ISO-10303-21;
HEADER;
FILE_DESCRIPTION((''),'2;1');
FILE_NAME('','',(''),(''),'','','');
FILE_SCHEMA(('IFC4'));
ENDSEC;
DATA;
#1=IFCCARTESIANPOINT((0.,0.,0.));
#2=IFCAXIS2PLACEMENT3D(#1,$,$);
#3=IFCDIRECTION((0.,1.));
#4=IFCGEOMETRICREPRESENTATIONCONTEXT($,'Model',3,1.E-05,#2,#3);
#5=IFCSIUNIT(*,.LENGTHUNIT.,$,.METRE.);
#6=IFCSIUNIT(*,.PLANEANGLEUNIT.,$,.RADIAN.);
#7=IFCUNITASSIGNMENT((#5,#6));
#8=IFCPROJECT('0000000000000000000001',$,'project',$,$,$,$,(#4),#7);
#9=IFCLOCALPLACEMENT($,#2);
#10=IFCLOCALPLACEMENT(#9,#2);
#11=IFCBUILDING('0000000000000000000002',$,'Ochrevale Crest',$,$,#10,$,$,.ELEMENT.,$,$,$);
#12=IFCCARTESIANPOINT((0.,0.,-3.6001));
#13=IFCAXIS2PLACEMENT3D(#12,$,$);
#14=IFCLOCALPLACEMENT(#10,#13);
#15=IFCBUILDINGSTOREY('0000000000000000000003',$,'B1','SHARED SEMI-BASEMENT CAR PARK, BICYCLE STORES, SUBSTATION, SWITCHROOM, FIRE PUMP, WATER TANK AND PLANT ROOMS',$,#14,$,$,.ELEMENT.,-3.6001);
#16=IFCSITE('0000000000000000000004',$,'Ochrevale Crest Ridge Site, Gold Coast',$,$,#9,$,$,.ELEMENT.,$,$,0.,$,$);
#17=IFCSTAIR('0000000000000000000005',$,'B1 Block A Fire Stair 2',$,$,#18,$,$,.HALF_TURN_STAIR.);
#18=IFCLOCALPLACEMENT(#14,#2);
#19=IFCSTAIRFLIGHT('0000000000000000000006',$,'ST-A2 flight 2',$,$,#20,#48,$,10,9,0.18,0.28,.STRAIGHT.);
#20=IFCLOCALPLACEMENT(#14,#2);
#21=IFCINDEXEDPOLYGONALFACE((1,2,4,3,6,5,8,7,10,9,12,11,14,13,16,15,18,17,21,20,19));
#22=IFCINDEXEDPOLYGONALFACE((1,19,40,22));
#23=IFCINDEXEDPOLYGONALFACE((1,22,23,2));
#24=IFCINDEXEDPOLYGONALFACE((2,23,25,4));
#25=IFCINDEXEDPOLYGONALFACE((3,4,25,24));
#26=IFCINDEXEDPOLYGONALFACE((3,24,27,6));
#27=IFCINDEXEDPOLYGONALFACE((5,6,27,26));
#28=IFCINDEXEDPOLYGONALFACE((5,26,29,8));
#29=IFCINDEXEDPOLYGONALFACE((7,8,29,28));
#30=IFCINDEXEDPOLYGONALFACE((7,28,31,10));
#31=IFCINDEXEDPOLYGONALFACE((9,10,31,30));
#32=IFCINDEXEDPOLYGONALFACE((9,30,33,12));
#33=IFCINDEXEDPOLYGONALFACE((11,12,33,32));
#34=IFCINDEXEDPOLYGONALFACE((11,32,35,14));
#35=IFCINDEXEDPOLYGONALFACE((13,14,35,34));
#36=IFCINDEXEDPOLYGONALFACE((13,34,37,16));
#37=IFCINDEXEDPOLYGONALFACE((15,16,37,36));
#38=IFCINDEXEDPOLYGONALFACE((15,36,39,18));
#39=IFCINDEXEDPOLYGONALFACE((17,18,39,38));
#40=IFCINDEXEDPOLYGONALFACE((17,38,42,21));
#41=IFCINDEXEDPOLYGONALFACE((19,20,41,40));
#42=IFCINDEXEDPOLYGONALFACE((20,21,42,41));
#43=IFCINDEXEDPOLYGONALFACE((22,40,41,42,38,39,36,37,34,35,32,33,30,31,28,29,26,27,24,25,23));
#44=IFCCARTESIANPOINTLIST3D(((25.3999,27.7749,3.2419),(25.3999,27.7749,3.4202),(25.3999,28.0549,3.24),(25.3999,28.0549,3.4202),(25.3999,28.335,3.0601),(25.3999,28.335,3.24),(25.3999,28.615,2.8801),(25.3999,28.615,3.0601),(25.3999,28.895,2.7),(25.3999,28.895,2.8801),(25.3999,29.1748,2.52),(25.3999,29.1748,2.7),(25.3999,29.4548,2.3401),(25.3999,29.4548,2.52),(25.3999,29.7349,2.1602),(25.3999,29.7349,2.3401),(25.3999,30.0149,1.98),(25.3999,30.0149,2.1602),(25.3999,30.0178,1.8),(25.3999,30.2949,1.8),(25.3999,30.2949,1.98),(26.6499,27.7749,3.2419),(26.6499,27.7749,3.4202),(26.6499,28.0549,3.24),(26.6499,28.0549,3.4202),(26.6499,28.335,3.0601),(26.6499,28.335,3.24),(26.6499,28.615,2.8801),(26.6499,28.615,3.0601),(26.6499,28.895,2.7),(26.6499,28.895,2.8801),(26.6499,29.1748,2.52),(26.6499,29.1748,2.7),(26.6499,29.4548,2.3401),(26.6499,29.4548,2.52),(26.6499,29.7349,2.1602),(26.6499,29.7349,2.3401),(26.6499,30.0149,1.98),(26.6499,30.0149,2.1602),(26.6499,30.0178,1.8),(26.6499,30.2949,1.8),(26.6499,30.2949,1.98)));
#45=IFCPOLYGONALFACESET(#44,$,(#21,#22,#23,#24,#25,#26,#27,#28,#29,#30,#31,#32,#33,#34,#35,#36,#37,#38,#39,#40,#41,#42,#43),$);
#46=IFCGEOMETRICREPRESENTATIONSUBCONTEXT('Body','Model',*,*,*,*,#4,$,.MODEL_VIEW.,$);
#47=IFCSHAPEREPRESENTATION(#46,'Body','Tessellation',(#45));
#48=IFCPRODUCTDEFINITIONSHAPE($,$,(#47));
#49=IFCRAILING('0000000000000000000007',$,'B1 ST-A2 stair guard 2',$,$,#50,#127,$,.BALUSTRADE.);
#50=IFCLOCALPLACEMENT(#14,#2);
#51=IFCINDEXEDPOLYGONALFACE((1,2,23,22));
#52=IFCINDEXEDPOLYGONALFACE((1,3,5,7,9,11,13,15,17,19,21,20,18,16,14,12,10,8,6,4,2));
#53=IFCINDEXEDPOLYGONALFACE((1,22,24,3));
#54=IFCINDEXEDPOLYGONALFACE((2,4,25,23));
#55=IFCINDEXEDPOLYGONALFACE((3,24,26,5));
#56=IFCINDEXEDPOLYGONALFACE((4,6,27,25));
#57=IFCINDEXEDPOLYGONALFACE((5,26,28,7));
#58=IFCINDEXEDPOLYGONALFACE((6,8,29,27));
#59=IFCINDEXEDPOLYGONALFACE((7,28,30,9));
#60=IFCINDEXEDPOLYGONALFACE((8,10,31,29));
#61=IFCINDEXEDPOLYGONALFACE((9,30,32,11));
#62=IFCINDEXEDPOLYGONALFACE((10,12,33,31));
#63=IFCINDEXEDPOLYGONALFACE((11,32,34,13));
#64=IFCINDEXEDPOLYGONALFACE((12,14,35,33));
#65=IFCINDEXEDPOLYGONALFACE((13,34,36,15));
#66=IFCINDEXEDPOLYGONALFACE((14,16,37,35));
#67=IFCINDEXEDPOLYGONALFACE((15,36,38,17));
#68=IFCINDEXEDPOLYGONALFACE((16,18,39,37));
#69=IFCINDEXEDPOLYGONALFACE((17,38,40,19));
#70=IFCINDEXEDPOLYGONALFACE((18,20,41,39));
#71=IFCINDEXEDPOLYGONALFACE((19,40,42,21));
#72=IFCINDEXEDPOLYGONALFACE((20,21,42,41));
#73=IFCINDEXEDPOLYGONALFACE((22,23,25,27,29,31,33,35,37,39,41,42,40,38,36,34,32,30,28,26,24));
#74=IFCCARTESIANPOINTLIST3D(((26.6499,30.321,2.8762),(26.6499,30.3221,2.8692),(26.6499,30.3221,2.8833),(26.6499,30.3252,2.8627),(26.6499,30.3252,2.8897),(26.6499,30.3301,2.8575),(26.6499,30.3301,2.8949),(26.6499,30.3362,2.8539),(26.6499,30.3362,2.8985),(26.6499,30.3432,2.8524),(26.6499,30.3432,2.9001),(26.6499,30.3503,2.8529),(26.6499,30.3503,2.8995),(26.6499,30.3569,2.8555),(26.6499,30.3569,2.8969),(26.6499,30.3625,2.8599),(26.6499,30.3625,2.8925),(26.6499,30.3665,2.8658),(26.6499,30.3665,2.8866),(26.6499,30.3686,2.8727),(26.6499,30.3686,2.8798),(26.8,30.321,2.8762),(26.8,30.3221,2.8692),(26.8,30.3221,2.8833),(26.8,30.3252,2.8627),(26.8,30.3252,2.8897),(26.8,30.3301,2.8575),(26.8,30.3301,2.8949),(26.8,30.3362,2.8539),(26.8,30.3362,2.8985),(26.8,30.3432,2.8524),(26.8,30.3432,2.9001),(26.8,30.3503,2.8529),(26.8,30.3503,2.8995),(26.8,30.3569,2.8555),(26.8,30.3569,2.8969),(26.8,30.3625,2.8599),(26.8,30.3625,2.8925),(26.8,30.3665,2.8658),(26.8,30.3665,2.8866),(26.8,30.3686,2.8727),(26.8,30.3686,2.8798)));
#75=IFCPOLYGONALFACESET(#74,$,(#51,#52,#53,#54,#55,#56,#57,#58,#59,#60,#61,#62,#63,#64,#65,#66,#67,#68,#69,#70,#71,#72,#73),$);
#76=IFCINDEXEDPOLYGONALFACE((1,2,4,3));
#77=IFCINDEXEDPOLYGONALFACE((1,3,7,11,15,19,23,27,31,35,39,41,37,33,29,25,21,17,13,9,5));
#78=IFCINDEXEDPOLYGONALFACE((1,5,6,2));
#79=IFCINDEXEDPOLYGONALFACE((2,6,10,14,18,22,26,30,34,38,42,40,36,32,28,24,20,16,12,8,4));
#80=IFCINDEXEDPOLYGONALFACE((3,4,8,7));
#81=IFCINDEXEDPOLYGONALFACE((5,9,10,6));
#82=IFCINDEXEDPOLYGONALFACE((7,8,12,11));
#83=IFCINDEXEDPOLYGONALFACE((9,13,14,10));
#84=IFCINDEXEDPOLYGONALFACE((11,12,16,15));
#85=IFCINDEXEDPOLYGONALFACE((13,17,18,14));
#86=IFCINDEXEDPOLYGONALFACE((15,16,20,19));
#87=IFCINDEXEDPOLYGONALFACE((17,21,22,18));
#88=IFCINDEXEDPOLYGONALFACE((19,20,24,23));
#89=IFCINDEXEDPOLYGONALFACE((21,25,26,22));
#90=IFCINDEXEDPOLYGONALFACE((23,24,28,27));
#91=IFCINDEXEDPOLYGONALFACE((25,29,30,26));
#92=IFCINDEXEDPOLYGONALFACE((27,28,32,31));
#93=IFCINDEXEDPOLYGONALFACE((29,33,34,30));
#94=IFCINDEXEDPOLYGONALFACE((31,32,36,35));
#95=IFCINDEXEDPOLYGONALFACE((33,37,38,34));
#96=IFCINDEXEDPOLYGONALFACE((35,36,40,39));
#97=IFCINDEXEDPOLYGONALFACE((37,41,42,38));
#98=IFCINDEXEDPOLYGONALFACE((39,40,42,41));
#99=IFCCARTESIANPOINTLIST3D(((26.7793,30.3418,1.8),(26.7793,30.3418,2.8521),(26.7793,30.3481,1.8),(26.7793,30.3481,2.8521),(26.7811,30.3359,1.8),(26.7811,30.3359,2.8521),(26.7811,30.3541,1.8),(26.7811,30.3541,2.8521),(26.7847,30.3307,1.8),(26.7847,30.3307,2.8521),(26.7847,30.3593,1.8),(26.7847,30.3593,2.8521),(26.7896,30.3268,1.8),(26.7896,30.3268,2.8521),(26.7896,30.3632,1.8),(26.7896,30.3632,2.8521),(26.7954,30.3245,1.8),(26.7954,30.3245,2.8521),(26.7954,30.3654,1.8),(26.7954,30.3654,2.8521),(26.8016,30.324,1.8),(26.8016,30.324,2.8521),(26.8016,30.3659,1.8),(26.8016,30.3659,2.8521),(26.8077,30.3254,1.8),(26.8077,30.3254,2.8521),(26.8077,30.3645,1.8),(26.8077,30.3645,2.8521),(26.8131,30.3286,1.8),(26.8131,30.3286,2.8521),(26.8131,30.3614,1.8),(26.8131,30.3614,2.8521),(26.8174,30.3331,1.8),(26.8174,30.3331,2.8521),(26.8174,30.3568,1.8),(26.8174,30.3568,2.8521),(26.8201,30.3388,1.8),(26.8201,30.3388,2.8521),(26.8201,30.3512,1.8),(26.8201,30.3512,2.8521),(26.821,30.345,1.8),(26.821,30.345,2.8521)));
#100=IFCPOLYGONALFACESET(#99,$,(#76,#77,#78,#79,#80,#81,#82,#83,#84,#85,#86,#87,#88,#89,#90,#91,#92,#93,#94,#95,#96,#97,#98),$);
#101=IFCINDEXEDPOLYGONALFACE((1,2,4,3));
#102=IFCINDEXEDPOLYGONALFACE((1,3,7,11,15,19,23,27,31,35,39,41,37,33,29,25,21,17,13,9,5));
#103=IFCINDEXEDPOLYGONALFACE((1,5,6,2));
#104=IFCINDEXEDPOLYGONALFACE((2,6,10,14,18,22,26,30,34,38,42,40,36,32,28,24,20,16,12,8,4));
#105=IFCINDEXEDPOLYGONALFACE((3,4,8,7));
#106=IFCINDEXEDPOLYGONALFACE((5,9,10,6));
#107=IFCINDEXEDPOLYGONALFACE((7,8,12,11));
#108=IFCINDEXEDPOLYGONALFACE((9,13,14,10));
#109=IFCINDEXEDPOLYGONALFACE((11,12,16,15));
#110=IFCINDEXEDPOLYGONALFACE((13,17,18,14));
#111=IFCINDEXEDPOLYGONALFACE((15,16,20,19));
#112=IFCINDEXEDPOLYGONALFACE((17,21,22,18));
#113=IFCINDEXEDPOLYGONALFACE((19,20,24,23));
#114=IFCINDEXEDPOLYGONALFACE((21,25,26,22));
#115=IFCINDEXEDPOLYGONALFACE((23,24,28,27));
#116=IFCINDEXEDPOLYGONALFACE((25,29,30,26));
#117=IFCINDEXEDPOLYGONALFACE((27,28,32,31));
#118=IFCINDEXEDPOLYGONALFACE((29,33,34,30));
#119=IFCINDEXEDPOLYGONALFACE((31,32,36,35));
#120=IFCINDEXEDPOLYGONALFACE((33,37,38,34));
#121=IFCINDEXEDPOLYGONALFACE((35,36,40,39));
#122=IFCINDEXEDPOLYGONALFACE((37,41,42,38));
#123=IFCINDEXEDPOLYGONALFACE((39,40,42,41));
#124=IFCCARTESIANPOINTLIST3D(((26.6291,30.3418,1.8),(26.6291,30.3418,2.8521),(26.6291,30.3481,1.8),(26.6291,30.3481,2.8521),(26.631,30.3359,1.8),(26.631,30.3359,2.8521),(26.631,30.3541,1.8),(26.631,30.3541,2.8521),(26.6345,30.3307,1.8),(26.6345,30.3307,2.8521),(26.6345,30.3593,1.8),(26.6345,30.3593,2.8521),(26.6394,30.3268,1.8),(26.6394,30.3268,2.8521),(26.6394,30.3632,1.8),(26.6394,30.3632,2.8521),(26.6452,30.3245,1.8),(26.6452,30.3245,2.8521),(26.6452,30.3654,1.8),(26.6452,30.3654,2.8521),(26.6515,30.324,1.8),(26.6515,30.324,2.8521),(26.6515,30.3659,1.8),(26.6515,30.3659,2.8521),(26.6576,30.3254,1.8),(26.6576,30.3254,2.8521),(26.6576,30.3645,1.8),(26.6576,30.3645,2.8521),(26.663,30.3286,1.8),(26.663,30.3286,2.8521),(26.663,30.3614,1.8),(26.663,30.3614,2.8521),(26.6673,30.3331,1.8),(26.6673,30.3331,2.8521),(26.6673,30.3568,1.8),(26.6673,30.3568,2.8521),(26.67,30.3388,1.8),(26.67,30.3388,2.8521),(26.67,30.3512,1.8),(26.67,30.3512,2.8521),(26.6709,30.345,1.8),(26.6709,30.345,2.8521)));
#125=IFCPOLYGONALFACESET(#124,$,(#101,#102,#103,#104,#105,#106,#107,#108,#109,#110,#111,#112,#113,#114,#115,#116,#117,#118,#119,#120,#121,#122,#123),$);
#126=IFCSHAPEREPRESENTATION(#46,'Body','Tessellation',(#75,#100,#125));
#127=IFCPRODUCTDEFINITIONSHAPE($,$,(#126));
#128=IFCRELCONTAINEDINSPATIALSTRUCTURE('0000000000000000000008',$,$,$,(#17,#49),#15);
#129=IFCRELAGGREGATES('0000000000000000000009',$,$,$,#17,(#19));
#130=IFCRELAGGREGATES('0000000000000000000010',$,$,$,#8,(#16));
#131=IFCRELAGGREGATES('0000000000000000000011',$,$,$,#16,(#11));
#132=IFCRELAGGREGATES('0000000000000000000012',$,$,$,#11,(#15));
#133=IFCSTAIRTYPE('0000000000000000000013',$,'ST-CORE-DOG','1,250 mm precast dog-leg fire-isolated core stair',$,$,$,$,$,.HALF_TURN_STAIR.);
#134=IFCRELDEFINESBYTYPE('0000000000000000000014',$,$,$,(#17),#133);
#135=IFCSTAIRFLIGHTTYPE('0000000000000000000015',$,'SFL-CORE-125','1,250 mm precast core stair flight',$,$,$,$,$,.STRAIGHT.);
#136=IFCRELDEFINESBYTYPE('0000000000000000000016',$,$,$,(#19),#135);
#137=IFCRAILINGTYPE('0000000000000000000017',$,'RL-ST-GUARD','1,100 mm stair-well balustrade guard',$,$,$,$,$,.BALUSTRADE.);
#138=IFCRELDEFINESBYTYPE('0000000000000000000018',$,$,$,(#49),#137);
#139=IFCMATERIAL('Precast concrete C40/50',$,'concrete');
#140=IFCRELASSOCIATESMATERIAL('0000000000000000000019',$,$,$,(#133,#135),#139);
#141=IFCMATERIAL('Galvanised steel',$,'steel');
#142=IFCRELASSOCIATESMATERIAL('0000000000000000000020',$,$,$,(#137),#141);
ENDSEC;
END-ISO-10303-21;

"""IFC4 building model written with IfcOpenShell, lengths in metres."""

from ifc_helpers import new_model, si_unit, direction, frame, origin, origin_2d, place, context, subcontext, project, spatial, polyline, circle, outline, extrude, material, type_object, element, aggregate, save


model = new_model("IFC4")

# Units and contexts
model_context = context("Model", 3, precision=1e-05, world=origin(), true_north=direction((0.0, 1.0)))
body_context = subcontext(model_context, "Body", "Model", "MODEL_VIEW")
ifc_project = project(units=[si_unit("LENGTHUNIT", "METRE"), si_unit("PLANEANGLEUNIT", "RADIAN")], contexts=[model_context])

# Site, building, storey
site_placement = place(None, origin())
site = spatial("IfcSite", under=ifc_project, at=site_placement, Name="Ochrevale Crest Ridge Site, Gold Coast", CompositionType="ELEMENT", RefElevation=0.0)
building_placement = place(site_placement, origin())
building = spatial("IfcBuilding", under=site, at=building_placement, Name="Ochrevale Crest", CompositionType="ELEMENT")
storey_placement = place(building_placement, frame((0.0, 0.0, -3.6001)))
storey = spatial("IfcBuildingStorey", under=building, at=storey_placement, Name="B1", Description="SHARED SEMI-BASEMENT CAR PARK, BICYCLE STORES, SUBSTATION, SWITCHROOM, FIRE PUMP, WATER TANK AND PLANT ROOMS", CompositionType="ELEMENT", Elevation=-3.6001)

# Stair, stair flight
ifc_material_1 = material(Name="Precast concrete C40/50", Category="concrete")
stair_type = type_object("IfcStairType", Name="ST-CORE-DOG", Description="1,250 mm precast dog-leg fire-isolated core stair", PredefinedType="HALF_TURN_STAIR", material=ifc_material_1)
stair_placement = place(storey_placement, origin())
stair = element("IfcStair", 1, at=stair_placement, inside=storey, type_object=stair_type, Name="B1 Block A Fire Stair 2", PredefinedType="HALF_TURN_STAIR")
stair_flight_type = type_object("IfcStairFlightType", Name="SFL-CORE-125", Description="1,250 mm precast core stair flight", PredefinedType="STRAIGHT", material=ifc_material_1)
stair_flight_placement = place(storey_placement, frame((26.0249, 30.2949, 1.8), z_axis=(0.0, 0.0, 1.0), x_axis=(0.0, -1.0, 0.0)))
stair_flight = element("IfcStairFlight", 2, at=stair_flight_placement, type_object=stair_flight_type, Name="ST-A2 flight 2", NumberOfRisers=10, NumberOfTreads=9, PredefinedType="STRAIGHT", RiserHeight=0.18, TreadLength=0.28, context=body_context, shape_type="SweptSolid", body=[
    extrude(outline(polyline([(0.0, 0.0), (0.0, 0.1799), (0.28, 0.1799), (0.28, 0.3601), (0.5601, 0.3601), (0.5601, 0.54), (0.8401, 0.54), (0.8401, 0.72), (1.1201, 0.72), (1.1201, 0.8999), (1.3999, 0.8999), (1.3999, 1.0801), (1.6799, 1.0801), (1.6799, 1.26), (1.96, 1.26), (1.96, 1.4399), (2.24, 1.4399), (2.24, 1.6201), (2.52, 1.6201), (2.52, 1.8), (2.52, 1.4419), (0.2771, 0.0), (0.0, 0.0)])), frame((0.0, 0.625, 0.0), z_axis=(0.0, -1.0, 0.0), x_axis=(1.0, 0.0, 0.0)), (0.0, 0.0, 1.0), 1.25),
])
aggregate(stair, [stair_flight])

# Railing
ifc_material_2 = material(Name="Galvanised steel", Category="steel")
railing_type_1 = type_object("IfcRailingType", Name="RL-ST-GUARD", Description="1,100 mm stair-well balustrade guard", PredefinedType="BALUSTRADE", material=ifc_material_2)
railing_1_placement = place(storey_placement, frame((26.8, 30.345, 1.8)))
element("IfcRailing", 3, at=railing_1_placement, inside=storey, type_object=railing_type_1, Name="B1 ST-A2 stair guard 2", PredefinedType="BALUSTRADE", context=body_context, shape_type="SweptSolid", body=[
    extrude(circle(Radius=0.0239, at=origin_2d()), frame((0.0, 0.0, 1.0762), z_axis=(-1.0, 0.0, 0.0), x_axis=(0.0, -1.0, 0.0)), (0.0, 0.0, 1.0), 0.1501),
    extrude(circle(Radius=0.021, at=origin_2d()), origin(), (0.0, 0.0, 1.0), 1.052),
    extrude(circle(Radius=0.021, at=origin_2d()), frame((-0.1501, 0.0, 0.0)), (0.0, 0.0, 1.0), 1.052),
])

save(model, "model.ifc")
